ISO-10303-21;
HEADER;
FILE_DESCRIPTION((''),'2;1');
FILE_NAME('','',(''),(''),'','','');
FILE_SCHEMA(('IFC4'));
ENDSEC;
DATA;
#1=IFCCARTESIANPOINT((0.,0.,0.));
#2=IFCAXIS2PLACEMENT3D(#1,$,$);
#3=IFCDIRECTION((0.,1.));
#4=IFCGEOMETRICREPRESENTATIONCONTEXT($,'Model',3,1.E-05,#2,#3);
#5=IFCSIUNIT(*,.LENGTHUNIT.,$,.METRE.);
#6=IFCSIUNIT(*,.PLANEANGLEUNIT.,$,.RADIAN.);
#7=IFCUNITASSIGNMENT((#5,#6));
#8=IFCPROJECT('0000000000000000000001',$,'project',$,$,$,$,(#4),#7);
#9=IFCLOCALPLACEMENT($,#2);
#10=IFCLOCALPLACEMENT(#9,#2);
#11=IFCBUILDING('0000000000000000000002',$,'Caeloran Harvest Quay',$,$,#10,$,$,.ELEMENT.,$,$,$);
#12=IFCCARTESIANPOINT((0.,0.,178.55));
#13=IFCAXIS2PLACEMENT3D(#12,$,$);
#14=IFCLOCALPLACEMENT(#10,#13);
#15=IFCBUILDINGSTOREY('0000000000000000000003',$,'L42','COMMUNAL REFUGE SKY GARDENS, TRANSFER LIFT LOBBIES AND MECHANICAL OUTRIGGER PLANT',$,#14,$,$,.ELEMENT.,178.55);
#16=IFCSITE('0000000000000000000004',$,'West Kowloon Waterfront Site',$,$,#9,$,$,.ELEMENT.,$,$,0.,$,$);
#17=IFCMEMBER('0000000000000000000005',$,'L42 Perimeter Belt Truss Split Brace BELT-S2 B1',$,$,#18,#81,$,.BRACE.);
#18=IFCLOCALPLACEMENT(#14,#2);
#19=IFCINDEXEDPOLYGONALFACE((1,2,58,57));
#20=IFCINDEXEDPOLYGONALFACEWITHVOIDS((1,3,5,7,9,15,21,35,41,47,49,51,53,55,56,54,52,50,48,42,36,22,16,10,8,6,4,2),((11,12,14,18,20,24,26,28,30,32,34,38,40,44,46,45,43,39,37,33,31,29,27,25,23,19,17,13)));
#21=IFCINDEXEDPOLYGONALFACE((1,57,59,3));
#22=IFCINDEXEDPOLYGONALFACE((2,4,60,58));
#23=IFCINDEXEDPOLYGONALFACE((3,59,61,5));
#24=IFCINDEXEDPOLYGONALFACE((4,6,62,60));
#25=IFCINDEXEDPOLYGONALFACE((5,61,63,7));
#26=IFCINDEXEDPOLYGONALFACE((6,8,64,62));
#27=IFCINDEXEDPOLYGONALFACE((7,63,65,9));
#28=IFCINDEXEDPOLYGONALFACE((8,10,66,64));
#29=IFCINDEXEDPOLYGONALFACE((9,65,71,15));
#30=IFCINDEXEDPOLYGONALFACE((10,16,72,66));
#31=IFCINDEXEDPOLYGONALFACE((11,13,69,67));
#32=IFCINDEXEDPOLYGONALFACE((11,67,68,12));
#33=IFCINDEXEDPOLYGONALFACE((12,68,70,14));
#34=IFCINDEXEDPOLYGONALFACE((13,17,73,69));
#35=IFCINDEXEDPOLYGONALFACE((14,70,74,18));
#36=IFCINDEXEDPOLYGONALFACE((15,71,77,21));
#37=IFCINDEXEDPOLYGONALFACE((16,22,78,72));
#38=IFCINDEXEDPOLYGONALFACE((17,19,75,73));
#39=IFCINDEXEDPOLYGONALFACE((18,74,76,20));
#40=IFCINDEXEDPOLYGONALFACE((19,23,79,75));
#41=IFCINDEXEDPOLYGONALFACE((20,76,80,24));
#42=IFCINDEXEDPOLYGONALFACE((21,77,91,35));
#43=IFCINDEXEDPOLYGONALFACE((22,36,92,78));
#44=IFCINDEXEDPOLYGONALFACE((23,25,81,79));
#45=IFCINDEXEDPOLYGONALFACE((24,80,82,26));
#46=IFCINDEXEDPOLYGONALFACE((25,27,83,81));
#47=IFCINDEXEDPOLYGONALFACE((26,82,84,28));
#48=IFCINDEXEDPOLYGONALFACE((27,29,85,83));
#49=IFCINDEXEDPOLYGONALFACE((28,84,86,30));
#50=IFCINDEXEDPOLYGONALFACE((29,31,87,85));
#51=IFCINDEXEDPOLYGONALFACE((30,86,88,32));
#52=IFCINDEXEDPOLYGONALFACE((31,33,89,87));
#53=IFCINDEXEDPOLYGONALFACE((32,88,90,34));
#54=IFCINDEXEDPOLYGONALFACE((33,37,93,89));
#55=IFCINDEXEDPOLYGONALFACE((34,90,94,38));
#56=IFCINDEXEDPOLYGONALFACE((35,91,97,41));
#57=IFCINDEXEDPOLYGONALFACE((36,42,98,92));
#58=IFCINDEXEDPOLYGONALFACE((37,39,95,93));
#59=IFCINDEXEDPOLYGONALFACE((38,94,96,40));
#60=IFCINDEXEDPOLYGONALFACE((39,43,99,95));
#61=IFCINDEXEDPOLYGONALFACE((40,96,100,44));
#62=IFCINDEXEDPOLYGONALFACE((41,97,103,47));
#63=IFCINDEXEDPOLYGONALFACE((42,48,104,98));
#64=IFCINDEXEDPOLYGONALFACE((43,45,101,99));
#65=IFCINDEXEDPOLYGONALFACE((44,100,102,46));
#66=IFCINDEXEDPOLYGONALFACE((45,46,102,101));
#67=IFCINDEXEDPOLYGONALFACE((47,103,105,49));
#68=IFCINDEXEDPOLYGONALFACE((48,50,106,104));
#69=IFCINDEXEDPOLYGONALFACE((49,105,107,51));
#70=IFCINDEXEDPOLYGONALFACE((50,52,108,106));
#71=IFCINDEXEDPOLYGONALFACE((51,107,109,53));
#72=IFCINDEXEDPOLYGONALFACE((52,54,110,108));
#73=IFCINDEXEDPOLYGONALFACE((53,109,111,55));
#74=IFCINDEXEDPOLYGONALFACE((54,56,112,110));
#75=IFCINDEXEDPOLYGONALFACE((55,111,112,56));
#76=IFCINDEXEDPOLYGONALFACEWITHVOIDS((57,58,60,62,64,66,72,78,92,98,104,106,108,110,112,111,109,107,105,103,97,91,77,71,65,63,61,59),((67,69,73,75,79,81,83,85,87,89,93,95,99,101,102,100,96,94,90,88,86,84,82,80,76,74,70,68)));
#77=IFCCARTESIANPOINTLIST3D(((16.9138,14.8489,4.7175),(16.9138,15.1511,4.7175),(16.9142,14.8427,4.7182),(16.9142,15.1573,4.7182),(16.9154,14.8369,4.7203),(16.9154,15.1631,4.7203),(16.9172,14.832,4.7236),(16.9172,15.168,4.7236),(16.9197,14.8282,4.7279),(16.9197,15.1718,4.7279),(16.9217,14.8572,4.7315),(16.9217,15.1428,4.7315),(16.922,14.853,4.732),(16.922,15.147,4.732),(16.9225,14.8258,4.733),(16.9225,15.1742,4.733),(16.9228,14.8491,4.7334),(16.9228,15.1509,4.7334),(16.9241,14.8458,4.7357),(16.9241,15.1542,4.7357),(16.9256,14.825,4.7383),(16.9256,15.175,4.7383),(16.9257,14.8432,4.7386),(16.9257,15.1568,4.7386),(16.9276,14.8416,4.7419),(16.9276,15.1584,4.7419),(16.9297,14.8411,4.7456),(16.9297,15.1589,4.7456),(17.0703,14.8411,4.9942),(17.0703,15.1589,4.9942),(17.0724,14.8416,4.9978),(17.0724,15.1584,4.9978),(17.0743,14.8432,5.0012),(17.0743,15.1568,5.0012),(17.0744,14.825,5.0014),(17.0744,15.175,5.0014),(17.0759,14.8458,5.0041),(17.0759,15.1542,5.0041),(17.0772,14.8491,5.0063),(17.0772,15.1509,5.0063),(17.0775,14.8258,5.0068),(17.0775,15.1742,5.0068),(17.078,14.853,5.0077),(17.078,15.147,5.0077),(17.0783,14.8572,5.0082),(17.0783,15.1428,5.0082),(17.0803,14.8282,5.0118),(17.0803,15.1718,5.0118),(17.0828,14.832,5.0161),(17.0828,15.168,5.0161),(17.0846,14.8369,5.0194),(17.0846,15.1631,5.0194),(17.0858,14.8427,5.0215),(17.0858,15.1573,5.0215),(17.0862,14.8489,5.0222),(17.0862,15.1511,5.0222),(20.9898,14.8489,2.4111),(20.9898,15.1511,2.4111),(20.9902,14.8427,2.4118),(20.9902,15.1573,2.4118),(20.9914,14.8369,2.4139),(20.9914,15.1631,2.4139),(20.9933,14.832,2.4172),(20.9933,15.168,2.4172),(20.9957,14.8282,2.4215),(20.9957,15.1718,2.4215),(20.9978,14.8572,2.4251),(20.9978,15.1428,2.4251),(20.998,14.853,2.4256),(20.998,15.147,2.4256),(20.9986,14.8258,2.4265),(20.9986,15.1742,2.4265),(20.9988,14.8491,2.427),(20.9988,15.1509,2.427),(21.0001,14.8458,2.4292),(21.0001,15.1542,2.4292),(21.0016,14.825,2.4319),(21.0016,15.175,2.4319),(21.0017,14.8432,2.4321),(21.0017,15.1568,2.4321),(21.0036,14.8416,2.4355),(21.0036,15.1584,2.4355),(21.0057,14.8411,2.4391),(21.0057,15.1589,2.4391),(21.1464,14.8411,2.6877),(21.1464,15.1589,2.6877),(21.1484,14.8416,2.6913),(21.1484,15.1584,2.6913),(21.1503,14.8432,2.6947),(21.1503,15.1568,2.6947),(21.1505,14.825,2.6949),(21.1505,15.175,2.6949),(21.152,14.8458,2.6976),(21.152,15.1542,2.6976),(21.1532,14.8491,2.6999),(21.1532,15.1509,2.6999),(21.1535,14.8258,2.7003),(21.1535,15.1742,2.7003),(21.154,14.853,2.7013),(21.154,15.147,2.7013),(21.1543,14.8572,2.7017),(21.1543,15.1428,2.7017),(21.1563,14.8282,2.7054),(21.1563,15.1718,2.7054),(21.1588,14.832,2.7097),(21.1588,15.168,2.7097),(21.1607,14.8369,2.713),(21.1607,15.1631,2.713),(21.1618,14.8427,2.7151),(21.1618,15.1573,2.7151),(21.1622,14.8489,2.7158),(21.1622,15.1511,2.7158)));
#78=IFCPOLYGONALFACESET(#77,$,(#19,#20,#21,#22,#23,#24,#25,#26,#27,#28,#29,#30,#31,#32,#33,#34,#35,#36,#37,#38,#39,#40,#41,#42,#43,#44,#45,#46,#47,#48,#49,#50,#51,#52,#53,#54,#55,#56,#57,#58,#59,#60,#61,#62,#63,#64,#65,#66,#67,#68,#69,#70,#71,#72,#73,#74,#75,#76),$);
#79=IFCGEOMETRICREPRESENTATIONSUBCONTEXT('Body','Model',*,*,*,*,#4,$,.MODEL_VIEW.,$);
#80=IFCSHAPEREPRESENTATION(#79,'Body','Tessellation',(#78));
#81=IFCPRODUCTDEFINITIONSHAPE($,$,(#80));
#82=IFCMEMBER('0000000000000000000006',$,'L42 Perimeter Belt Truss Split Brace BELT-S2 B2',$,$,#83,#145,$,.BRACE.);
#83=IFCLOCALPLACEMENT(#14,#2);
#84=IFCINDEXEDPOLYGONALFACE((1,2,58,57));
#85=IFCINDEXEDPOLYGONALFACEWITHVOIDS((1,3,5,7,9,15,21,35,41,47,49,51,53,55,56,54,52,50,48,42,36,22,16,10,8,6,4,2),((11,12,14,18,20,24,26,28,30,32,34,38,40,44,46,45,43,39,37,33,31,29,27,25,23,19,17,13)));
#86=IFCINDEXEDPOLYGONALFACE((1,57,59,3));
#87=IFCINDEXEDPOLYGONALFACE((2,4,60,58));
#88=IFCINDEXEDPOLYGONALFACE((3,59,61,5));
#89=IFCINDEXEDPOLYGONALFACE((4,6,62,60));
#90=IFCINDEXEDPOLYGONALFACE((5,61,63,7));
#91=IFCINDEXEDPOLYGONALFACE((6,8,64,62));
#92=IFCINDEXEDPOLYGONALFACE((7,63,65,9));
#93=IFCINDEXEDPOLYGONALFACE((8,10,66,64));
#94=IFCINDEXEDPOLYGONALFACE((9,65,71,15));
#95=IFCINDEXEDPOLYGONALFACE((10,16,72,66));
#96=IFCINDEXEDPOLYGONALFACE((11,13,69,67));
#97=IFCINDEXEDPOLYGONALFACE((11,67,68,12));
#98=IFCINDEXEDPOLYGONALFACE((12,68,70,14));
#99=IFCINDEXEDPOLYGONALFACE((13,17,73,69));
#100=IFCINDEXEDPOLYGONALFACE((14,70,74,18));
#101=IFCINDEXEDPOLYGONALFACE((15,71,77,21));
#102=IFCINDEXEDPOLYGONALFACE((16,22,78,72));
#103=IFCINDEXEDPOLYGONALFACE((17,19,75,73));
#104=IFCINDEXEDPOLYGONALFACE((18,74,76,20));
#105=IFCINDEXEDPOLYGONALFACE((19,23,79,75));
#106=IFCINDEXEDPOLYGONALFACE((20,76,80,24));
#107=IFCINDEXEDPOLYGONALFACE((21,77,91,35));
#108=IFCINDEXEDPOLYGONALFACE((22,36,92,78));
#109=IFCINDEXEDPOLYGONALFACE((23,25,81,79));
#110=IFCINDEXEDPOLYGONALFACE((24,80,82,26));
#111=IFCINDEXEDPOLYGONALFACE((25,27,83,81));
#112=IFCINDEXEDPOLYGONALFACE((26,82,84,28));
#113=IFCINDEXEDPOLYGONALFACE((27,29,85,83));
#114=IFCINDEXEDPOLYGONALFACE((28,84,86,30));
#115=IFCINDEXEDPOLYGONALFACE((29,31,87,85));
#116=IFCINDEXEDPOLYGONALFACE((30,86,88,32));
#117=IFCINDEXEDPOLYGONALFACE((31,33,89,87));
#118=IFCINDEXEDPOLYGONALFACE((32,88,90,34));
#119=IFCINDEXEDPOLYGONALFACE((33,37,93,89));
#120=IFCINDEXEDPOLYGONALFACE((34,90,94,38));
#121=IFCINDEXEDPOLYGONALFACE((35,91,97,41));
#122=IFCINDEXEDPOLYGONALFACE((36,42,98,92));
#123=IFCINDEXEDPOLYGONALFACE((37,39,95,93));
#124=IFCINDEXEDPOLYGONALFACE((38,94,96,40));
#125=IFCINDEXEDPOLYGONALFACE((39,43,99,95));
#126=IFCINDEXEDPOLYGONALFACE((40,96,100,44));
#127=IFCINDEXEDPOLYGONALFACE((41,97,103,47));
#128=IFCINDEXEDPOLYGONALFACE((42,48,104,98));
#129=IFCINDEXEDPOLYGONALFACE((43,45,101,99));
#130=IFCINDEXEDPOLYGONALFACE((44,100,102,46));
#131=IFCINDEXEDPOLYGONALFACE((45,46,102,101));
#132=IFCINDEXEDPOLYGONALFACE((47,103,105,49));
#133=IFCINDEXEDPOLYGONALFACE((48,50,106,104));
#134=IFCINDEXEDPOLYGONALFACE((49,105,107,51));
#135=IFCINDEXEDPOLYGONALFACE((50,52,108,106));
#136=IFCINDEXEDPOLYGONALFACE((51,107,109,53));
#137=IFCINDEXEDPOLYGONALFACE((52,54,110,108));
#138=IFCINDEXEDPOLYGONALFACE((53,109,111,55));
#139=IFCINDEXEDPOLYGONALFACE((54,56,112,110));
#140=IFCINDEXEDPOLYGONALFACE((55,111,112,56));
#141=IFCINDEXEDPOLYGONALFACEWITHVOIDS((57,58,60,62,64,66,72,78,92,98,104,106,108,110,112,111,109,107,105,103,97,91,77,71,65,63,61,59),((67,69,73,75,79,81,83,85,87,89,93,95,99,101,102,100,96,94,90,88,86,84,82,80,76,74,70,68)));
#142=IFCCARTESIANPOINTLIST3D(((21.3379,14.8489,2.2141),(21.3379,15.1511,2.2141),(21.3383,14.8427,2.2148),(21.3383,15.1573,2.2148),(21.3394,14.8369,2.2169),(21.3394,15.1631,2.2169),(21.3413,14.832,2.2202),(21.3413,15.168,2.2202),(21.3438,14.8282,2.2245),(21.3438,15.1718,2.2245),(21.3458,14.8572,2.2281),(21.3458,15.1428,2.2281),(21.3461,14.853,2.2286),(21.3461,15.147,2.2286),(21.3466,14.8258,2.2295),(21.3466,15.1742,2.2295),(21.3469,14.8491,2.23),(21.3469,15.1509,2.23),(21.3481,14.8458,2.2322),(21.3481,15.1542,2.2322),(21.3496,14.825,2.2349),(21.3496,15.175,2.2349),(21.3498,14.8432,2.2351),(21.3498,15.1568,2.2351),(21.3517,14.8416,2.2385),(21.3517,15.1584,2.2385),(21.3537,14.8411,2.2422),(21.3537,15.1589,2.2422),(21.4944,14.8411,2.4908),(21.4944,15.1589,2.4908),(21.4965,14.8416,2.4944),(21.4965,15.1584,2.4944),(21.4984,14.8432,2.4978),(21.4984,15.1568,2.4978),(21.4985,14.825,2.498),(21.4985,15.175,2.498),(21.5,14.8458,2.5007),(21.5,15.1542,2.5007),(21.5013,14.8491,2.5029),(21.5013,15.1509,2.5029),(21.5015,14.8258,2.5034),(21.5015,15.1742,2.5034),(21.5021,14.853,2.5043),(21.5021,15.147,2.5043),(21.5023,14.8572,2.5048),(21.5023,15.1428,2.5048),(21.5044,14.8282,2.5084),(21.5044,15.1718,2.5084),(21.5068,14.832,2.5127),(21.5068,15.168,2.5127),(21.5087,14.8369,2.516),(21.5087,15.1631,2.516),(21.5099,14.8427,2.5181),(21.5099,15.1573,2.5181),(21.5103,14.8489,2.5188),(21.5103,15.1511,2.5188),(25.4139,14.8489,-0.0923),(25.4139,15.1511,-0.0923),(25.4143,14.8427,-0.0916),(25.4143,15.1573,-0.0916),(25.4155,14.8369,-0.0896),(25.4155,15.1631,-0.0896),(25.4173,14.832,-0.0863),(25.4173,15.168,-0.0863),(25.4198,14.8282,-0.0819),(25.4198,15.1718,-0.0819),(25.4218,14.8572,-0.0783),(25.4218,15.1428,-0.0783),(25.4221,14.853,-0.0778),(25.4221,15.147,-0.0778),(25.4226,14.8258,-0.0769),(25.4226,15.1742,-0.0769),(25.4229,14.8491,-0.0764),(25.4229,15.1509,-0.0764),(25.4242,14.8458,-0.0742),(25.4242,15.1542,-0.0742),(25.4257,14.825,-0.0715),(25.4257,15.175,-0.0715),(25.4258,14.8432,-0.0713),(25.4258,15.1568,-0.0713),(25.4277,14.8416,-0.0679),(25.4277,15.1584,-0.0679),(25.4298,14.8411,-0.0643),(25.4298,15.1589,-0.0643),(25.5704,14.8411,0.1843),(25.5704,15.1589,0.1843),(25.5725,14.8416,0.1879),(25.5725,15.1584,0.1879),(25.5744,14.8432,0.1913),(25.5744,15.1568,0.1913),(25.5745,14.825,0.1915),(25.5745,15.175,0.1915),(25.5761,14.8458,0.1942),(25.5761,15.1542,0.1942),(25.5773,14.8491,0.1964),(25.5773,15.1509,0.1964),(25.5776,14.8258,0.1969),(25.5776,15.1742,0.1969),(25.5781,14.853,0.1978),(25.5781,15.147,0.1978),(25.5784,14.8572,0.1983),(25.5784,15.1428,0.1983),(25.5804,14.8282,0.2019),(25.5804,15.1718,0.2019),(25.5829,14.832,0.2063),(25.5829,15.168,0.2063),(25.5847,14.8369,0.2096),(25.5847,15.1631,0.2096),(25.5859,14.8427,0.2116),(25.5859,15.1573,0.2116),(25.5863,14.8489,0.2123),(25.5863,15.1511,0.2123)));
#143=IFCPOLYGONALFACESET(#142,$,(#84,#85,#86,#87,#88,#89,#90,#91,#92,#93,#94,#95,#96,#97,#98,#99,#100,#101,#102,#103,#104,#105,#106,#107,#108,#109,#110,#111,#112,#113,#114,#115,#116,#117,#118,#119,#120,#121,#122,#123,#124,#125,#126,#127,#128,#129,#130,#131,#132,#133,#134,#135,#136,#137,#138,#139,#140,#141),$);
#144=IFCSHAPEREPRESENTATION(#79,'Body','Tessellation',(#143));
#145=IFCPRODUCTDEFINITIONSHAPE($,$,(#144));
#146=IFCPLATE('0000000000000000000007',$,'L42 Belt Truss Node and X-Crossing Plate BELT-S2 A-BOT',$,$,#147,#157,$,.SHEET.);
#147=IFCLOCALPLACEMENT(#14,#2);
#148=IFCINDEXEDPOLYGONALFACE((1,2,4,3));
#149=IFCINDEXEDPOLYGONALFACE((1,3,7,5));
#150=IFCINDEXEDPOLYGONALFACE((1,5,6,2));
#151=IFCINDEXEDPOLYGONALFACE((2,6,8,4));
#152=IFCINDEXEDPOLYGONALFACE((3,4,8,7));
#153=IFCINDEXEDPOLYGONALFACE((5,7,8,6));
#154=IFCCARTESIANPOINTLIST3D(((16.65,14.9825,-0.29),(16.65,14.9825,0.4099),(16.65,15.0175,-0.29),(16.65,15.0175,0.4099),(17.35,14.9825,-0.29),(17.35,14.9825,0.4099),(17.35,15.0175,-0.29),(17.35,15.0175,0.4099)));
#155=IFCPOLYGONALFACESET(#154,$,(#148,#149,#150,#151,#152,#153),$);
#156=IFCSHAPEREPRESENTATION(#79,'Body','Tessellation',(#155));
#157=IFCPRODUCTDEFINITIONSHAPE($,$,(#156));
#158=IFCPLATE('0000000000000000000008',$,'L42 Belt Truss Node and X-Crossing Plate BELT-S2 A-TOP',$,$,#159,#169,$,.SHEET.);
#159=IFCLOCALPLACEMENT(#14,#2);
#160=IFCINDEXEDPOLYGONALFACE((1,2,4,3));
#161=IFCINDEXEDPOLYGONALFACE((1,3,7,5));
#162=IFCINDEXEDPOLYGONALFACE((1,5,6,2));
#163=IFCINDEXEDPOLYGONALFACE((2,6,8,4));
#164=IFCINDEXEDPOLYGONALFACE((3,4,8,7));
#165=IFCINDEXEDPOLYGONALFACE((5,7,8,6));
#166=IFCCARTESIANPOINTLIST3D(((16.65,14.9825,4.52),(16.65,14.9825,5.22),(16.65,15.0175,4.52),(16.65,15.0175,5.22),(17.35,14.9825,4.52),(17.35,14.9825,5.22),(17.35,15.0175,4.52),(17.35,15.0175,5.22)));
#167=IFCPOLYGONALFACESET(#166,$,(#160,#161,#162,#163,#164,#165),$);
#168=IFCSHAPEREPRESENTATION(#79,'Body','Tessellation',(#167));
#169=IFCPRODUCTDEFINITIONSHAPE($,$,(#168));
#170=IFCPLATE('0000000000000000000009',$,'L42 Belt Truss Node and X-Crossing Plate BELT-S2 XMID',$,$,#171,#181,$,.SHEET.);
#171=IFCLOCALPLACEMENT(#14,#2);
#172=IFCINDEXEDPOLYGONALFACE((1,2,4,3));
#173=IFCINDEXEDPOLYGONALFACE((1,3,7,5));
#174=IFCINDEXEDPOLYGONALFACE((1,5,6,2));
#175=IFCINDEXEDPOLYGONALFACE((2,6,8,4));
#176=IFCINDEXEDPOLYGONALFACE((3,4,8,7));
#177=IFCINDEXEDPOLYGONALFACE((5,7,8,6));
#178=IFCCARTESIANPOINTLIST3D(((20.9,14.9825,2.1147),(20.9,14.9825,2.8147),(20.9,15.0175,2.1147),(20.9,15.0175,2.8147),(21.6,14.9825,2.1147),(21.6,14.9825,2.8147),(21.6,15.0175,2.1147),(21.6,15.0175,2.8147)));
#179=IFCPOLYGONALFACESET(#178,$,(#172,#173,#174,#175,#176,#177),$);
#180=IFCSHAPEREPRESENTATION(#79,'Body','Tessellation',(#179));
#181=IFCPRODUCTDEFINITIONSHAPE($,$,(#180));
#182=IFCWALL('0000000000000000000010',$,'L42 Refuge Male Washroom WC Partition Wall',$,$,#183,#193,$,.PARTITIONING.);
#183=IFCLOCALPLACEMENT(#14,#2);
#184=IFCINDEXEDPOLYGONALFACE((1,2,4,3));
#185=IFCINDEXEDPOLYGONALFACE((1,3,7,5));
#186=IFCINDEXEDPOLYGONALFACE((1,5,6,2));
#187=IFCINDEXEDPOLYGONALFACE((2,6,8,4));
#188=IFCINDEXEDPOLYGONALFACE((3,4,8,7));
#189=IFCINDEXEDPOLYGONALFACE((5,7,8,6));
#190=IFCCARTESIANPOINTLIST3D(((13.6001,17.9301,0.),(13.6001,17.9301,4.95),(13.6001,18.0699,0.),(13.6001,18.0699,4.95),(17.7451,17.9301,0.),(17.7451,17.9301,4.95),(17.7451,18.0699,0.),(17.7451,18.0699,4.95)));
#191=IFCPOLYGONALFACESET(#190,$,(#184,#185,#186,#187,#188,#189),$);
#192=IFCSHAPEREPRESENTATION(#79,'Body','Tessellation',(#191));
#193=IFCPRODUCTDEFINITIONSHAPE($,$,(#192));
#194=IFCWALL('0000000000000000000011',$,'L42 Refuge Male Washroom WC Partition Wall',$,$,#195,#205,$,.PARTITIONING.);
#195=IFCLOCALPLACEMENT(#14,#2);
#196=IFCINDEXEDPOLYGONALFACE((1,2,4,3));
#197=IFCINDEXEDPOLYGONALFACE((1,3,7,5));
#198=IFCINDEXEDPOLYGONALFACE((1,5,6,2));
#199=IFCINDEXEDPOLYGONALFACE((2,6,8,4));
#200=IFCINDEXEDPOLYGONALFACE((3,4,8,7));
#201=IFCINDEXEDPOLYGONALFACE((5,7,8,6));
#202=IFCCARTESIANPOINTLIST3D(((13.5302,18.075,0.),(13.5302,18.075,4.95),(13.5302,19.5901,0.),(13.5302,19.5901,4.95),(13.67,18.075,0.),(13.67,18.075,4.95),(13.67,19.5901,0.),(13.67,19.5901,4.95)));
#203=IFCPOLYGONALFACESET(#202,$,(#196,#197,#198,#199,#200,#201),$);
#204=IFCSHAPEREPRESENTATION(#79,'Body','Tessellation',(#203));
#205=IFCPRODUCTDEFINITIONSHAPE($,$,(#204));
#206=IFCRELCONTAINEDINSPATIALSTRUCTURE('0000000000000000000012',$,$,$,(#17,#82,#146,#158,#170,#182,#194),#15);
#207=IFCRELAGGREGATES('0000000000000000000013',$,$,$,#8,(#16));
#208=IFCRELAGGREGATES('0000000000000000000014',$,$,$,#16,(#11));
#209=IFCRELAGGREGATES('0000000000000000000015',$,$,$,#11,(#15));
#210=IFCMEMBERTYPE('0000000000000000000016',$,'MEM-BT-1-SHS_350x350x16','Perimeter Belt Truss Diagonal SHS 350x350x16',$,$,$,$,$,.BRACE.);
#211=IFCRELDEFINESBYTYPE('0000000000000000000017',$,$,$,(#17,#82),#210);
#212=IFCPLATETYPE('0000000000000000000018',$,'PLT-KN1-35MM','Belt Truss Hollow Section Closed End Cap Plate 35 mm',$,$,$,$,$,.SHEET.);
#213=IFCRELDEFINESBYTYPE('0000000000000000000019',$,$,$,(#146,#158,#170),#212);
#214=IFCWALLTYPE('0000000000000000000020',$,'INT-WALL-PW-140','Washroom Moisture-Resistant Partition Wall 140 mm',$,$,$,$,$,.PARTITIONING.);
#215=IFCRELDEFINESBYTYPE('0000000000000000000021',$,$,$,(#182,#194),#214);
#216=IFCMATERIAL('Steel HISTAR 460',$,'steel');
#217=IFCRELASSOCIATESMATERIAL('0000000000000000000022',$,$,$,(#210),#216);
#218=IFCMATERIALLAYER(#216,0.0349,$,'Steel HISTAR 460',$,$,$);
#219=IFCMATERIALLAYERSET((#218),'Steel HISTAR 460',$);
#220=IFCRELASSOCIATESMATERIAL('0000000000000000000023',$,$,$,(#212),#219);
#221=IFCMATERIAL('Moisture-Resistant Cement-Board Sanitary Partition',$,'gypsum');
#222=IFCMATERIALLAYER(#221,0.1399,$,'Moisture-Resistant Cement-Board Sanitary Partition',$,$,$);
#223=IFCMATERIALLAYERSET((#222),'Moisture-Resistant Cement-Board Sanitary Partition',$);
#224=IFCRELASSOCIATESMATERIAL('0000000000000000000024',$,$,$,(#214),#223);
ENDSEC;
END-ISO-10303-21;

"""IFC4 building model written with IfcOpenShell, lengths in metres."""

from ifc_helpers import new_model, si_unit, direction, frame, frame_2d, origin, origin_2d, place, context, subcontext, project, spatial, rectangle, hollow_rectangle, extrude, material, layer, layer_set, material_profile, profile_set, type_object, element, save


model = new_model("IFC4")

# Units and contexts
model_context = context("Model", 3, precision=1e-05, world=origin(), true_north=direction((0.0, 1.0)))
body_context = subcontext(model_context, "Body", "Model", "MODEL_VIEW")
ifc_project = project(units=[si_unit("LENGTHUNIT", "METRE"), si_unit("PLANEANGLEUNIT", "RADIAN")], contexts=[model_context])

# Site, building, storey
site_placement = place(None, origin())
site = spatial("IfcSite", under=ifc_project, at=site_placement, Name="West Kowloon Waterfront Site", CompositionType="ELEMENT", RefElevation=0.0)
building_placement = place(site_placement, origin())
building = spatial("IfcBuilding", under=site, at=building_placement, Name="Caeloran Harvest Quay", CompositionType="ELEMENT")
storey_placement = place(building_placement, frame((0.0, 0.0, 178.55)))
storey = spatial("IfcBuildingStorey", under=building, at=storey_placement, Name="L42", Description="COMMUNAL REFUGE SKY GARDENS, TRANSFER LIFT LOBBIES AND MECHANICAL OUTRIGGER PLANT", CompositionType="ELEMENT", Elevation=178.55)

# Members
ifc_material_1 = material(Name="Steel HISTAR 460", Category="steel")
ifc_material_profile_1 = material_profile(ifc_material_1, hollow_rectangle(XDim=0.3501, YDim=0.3501, WallThickness=0.0161, InnerFilletRadius=0.0161, OuterFilletRadius=0.0239, at=origin_2d()), Name="SHS 350x350x16")
ifc_profile_set_1 = profile_set([ifc_material_profile_1], Name="Steel HISTAR 460")
member_type = type_object("IfcMemberType", Name="MEM-BT-1-SHS_350x350x16", Description="Perimeter Belt Truss Diagonal SHS 350x350x16", PredefinedType="BRACE", material=ifc_profile_set_1)
for number, where, z_axis, x_axis, name in (
    (1, (17.0, 15.0, 4.8699), (0.870324, 0.0, -0.49248), (0.0, 1.0, 0.0), "L42 Perimeter Belt Truss Split Brace BELT-S2 B1"),
    (2, (21.4241, 15.0, 2.3665), (0.870324, 0.0, -0.49248), (0.0, 1.0, 0.0), "L42 Perimeter Belt Truss Split Brace BELT-S2 B2"),
):
    element("IfcMember", number, at=place(storey_placement, frame(where, z_axis=z_axis, x_axis=x_axis)), inside=storey, type_object=member_type, Name=name, PredefinedType="BRACE", context=body_context, shape_type="SweptSolid", body=[
        extrude(hollow_rectangle(XDim=0.3501, YDim=0.3501, WallThickness=0.0161, InnerFilletRadius=0.0161, OuterFilletRadius=0.0239, at=origin_2d()), origin(), (0.0, 0.0, 1.0), 4.6833),
    ])

# Plates
ifc_layer_1 = layer(ifc_material_1, 0.0349, Name="Steel HISTAR 460")
ifc_layer_set_1 = layer_set([ifc_layer_1], Name="Steel HISTAR 460")
plate_type = type_object("IfcPlateType", Name="PLT-KN1-35MM", Description="Belt Truss Hollow Section Closed End Cap Plate 35 mm", PredefinedType="SHEET", material=ifc_layer_set_1)
for number, where, z_axis, x_axis, name in (
    (3, (17.0, 15.0, -0.29), (0.0, 0.0, 1.0), (1.0, 0.0, 0.0), "L42 Belt Truss Node and X-Crossing Plate BELT-S2 A-BOT"),
    (4, (17.0, 15.0, 4.52), (0.0, 0.0, 1.0), (1.0, 0.0, 0.0), "L42 Belt Truss Node and X-Crossing Plate BELT-S2 A-TOP"),
    (5, (21.25, 15.0, 2.1147), (0.0, 0.0, 1.0), (1.0, 0.0, 0.0), "L42 Belt Truss Node and X-Crossing Plate BELT-S2 XMID"),
):
    element("IfcPlate", number, at=place(storey_placement, frame(where, z_axis=z_axis, x_axis=x_axis)), inside=storey, type_object=plate_type, Name=name, PredefinedType="SHEET", context=body_context, shape_type="SweptSolid", body=[
        extrude(rectangle(XDim=0.7, YDim=0.0349, at=origin_2d()), origin(), (0.0, 0.0, 1.0), 0.7),
    ])

# Shared definitions
ifc_material_2 = material(Name="Moisture-Resistant Cement-Board Sanitary Partition", Category="gypsum")
ifc_layer_2 = layer(ifc_material_2, 0.1399, Name="Moisture-Resistant Cement-Board Sanitary Partition")
ifc_layer_set_2 = layer_set([ifc_layer_2], Name="Moisture-Resistant Cement-Board Sanitary Partition")
wall_type_1 = type_object("IfcWallType", Name="INT-WALL-PW-140", Description="Washroom Moisture-Resistant Partition Wall 140 mm", PredefinedType="PARTITIONING", material=ifc_layer_set_2)

# Walls
wall_1_placement = place(storey_placement, frame((17.7451, 18.0, 0.0), z_axis=(0.0, 0.0, 1.0), x_axis=(-1.0, 0.0, 0.0)))
element("IfcWall", 6, at=wall_1_placement, inside=storey, type_object=wall_type_1, Name="L42 Refuge Male Washroom WC Partition Wall", PredefinedType="PARTITIONING", context=body_context, shape_type="SweptSolid", body=[
    extrude(rectangle(XDim=4.145, YDim=0.1399, at=frame_2d((2.0725, 0.0))), origin(), (0.0, 0.0, 1.0), 4.95),
])
wall_2_placement = place(storey_placement, frame((13.6001, 18.075, 0.0), z_axis=(0.0, 0.0, 1.0), x_axis=(0.0, 1.0, 0.0)))
element("IfcWall", 7, at=wall_2_placement, inside=storey, type_object=wall_type_1, Name="L42 Refuge Male Washroom WC Partition Wall", PredefinedType="PARTITIONING", context=body_context, shape_type="SweptSolid", body=[
    extrude(rectangle(XDim=1.5151, YDim=0.1399, at=frame_2d((0.7576, 0.0))), origin(), (0.0, 0.0, 1.0), 4.95),
])

save(model, "model.ifc")
